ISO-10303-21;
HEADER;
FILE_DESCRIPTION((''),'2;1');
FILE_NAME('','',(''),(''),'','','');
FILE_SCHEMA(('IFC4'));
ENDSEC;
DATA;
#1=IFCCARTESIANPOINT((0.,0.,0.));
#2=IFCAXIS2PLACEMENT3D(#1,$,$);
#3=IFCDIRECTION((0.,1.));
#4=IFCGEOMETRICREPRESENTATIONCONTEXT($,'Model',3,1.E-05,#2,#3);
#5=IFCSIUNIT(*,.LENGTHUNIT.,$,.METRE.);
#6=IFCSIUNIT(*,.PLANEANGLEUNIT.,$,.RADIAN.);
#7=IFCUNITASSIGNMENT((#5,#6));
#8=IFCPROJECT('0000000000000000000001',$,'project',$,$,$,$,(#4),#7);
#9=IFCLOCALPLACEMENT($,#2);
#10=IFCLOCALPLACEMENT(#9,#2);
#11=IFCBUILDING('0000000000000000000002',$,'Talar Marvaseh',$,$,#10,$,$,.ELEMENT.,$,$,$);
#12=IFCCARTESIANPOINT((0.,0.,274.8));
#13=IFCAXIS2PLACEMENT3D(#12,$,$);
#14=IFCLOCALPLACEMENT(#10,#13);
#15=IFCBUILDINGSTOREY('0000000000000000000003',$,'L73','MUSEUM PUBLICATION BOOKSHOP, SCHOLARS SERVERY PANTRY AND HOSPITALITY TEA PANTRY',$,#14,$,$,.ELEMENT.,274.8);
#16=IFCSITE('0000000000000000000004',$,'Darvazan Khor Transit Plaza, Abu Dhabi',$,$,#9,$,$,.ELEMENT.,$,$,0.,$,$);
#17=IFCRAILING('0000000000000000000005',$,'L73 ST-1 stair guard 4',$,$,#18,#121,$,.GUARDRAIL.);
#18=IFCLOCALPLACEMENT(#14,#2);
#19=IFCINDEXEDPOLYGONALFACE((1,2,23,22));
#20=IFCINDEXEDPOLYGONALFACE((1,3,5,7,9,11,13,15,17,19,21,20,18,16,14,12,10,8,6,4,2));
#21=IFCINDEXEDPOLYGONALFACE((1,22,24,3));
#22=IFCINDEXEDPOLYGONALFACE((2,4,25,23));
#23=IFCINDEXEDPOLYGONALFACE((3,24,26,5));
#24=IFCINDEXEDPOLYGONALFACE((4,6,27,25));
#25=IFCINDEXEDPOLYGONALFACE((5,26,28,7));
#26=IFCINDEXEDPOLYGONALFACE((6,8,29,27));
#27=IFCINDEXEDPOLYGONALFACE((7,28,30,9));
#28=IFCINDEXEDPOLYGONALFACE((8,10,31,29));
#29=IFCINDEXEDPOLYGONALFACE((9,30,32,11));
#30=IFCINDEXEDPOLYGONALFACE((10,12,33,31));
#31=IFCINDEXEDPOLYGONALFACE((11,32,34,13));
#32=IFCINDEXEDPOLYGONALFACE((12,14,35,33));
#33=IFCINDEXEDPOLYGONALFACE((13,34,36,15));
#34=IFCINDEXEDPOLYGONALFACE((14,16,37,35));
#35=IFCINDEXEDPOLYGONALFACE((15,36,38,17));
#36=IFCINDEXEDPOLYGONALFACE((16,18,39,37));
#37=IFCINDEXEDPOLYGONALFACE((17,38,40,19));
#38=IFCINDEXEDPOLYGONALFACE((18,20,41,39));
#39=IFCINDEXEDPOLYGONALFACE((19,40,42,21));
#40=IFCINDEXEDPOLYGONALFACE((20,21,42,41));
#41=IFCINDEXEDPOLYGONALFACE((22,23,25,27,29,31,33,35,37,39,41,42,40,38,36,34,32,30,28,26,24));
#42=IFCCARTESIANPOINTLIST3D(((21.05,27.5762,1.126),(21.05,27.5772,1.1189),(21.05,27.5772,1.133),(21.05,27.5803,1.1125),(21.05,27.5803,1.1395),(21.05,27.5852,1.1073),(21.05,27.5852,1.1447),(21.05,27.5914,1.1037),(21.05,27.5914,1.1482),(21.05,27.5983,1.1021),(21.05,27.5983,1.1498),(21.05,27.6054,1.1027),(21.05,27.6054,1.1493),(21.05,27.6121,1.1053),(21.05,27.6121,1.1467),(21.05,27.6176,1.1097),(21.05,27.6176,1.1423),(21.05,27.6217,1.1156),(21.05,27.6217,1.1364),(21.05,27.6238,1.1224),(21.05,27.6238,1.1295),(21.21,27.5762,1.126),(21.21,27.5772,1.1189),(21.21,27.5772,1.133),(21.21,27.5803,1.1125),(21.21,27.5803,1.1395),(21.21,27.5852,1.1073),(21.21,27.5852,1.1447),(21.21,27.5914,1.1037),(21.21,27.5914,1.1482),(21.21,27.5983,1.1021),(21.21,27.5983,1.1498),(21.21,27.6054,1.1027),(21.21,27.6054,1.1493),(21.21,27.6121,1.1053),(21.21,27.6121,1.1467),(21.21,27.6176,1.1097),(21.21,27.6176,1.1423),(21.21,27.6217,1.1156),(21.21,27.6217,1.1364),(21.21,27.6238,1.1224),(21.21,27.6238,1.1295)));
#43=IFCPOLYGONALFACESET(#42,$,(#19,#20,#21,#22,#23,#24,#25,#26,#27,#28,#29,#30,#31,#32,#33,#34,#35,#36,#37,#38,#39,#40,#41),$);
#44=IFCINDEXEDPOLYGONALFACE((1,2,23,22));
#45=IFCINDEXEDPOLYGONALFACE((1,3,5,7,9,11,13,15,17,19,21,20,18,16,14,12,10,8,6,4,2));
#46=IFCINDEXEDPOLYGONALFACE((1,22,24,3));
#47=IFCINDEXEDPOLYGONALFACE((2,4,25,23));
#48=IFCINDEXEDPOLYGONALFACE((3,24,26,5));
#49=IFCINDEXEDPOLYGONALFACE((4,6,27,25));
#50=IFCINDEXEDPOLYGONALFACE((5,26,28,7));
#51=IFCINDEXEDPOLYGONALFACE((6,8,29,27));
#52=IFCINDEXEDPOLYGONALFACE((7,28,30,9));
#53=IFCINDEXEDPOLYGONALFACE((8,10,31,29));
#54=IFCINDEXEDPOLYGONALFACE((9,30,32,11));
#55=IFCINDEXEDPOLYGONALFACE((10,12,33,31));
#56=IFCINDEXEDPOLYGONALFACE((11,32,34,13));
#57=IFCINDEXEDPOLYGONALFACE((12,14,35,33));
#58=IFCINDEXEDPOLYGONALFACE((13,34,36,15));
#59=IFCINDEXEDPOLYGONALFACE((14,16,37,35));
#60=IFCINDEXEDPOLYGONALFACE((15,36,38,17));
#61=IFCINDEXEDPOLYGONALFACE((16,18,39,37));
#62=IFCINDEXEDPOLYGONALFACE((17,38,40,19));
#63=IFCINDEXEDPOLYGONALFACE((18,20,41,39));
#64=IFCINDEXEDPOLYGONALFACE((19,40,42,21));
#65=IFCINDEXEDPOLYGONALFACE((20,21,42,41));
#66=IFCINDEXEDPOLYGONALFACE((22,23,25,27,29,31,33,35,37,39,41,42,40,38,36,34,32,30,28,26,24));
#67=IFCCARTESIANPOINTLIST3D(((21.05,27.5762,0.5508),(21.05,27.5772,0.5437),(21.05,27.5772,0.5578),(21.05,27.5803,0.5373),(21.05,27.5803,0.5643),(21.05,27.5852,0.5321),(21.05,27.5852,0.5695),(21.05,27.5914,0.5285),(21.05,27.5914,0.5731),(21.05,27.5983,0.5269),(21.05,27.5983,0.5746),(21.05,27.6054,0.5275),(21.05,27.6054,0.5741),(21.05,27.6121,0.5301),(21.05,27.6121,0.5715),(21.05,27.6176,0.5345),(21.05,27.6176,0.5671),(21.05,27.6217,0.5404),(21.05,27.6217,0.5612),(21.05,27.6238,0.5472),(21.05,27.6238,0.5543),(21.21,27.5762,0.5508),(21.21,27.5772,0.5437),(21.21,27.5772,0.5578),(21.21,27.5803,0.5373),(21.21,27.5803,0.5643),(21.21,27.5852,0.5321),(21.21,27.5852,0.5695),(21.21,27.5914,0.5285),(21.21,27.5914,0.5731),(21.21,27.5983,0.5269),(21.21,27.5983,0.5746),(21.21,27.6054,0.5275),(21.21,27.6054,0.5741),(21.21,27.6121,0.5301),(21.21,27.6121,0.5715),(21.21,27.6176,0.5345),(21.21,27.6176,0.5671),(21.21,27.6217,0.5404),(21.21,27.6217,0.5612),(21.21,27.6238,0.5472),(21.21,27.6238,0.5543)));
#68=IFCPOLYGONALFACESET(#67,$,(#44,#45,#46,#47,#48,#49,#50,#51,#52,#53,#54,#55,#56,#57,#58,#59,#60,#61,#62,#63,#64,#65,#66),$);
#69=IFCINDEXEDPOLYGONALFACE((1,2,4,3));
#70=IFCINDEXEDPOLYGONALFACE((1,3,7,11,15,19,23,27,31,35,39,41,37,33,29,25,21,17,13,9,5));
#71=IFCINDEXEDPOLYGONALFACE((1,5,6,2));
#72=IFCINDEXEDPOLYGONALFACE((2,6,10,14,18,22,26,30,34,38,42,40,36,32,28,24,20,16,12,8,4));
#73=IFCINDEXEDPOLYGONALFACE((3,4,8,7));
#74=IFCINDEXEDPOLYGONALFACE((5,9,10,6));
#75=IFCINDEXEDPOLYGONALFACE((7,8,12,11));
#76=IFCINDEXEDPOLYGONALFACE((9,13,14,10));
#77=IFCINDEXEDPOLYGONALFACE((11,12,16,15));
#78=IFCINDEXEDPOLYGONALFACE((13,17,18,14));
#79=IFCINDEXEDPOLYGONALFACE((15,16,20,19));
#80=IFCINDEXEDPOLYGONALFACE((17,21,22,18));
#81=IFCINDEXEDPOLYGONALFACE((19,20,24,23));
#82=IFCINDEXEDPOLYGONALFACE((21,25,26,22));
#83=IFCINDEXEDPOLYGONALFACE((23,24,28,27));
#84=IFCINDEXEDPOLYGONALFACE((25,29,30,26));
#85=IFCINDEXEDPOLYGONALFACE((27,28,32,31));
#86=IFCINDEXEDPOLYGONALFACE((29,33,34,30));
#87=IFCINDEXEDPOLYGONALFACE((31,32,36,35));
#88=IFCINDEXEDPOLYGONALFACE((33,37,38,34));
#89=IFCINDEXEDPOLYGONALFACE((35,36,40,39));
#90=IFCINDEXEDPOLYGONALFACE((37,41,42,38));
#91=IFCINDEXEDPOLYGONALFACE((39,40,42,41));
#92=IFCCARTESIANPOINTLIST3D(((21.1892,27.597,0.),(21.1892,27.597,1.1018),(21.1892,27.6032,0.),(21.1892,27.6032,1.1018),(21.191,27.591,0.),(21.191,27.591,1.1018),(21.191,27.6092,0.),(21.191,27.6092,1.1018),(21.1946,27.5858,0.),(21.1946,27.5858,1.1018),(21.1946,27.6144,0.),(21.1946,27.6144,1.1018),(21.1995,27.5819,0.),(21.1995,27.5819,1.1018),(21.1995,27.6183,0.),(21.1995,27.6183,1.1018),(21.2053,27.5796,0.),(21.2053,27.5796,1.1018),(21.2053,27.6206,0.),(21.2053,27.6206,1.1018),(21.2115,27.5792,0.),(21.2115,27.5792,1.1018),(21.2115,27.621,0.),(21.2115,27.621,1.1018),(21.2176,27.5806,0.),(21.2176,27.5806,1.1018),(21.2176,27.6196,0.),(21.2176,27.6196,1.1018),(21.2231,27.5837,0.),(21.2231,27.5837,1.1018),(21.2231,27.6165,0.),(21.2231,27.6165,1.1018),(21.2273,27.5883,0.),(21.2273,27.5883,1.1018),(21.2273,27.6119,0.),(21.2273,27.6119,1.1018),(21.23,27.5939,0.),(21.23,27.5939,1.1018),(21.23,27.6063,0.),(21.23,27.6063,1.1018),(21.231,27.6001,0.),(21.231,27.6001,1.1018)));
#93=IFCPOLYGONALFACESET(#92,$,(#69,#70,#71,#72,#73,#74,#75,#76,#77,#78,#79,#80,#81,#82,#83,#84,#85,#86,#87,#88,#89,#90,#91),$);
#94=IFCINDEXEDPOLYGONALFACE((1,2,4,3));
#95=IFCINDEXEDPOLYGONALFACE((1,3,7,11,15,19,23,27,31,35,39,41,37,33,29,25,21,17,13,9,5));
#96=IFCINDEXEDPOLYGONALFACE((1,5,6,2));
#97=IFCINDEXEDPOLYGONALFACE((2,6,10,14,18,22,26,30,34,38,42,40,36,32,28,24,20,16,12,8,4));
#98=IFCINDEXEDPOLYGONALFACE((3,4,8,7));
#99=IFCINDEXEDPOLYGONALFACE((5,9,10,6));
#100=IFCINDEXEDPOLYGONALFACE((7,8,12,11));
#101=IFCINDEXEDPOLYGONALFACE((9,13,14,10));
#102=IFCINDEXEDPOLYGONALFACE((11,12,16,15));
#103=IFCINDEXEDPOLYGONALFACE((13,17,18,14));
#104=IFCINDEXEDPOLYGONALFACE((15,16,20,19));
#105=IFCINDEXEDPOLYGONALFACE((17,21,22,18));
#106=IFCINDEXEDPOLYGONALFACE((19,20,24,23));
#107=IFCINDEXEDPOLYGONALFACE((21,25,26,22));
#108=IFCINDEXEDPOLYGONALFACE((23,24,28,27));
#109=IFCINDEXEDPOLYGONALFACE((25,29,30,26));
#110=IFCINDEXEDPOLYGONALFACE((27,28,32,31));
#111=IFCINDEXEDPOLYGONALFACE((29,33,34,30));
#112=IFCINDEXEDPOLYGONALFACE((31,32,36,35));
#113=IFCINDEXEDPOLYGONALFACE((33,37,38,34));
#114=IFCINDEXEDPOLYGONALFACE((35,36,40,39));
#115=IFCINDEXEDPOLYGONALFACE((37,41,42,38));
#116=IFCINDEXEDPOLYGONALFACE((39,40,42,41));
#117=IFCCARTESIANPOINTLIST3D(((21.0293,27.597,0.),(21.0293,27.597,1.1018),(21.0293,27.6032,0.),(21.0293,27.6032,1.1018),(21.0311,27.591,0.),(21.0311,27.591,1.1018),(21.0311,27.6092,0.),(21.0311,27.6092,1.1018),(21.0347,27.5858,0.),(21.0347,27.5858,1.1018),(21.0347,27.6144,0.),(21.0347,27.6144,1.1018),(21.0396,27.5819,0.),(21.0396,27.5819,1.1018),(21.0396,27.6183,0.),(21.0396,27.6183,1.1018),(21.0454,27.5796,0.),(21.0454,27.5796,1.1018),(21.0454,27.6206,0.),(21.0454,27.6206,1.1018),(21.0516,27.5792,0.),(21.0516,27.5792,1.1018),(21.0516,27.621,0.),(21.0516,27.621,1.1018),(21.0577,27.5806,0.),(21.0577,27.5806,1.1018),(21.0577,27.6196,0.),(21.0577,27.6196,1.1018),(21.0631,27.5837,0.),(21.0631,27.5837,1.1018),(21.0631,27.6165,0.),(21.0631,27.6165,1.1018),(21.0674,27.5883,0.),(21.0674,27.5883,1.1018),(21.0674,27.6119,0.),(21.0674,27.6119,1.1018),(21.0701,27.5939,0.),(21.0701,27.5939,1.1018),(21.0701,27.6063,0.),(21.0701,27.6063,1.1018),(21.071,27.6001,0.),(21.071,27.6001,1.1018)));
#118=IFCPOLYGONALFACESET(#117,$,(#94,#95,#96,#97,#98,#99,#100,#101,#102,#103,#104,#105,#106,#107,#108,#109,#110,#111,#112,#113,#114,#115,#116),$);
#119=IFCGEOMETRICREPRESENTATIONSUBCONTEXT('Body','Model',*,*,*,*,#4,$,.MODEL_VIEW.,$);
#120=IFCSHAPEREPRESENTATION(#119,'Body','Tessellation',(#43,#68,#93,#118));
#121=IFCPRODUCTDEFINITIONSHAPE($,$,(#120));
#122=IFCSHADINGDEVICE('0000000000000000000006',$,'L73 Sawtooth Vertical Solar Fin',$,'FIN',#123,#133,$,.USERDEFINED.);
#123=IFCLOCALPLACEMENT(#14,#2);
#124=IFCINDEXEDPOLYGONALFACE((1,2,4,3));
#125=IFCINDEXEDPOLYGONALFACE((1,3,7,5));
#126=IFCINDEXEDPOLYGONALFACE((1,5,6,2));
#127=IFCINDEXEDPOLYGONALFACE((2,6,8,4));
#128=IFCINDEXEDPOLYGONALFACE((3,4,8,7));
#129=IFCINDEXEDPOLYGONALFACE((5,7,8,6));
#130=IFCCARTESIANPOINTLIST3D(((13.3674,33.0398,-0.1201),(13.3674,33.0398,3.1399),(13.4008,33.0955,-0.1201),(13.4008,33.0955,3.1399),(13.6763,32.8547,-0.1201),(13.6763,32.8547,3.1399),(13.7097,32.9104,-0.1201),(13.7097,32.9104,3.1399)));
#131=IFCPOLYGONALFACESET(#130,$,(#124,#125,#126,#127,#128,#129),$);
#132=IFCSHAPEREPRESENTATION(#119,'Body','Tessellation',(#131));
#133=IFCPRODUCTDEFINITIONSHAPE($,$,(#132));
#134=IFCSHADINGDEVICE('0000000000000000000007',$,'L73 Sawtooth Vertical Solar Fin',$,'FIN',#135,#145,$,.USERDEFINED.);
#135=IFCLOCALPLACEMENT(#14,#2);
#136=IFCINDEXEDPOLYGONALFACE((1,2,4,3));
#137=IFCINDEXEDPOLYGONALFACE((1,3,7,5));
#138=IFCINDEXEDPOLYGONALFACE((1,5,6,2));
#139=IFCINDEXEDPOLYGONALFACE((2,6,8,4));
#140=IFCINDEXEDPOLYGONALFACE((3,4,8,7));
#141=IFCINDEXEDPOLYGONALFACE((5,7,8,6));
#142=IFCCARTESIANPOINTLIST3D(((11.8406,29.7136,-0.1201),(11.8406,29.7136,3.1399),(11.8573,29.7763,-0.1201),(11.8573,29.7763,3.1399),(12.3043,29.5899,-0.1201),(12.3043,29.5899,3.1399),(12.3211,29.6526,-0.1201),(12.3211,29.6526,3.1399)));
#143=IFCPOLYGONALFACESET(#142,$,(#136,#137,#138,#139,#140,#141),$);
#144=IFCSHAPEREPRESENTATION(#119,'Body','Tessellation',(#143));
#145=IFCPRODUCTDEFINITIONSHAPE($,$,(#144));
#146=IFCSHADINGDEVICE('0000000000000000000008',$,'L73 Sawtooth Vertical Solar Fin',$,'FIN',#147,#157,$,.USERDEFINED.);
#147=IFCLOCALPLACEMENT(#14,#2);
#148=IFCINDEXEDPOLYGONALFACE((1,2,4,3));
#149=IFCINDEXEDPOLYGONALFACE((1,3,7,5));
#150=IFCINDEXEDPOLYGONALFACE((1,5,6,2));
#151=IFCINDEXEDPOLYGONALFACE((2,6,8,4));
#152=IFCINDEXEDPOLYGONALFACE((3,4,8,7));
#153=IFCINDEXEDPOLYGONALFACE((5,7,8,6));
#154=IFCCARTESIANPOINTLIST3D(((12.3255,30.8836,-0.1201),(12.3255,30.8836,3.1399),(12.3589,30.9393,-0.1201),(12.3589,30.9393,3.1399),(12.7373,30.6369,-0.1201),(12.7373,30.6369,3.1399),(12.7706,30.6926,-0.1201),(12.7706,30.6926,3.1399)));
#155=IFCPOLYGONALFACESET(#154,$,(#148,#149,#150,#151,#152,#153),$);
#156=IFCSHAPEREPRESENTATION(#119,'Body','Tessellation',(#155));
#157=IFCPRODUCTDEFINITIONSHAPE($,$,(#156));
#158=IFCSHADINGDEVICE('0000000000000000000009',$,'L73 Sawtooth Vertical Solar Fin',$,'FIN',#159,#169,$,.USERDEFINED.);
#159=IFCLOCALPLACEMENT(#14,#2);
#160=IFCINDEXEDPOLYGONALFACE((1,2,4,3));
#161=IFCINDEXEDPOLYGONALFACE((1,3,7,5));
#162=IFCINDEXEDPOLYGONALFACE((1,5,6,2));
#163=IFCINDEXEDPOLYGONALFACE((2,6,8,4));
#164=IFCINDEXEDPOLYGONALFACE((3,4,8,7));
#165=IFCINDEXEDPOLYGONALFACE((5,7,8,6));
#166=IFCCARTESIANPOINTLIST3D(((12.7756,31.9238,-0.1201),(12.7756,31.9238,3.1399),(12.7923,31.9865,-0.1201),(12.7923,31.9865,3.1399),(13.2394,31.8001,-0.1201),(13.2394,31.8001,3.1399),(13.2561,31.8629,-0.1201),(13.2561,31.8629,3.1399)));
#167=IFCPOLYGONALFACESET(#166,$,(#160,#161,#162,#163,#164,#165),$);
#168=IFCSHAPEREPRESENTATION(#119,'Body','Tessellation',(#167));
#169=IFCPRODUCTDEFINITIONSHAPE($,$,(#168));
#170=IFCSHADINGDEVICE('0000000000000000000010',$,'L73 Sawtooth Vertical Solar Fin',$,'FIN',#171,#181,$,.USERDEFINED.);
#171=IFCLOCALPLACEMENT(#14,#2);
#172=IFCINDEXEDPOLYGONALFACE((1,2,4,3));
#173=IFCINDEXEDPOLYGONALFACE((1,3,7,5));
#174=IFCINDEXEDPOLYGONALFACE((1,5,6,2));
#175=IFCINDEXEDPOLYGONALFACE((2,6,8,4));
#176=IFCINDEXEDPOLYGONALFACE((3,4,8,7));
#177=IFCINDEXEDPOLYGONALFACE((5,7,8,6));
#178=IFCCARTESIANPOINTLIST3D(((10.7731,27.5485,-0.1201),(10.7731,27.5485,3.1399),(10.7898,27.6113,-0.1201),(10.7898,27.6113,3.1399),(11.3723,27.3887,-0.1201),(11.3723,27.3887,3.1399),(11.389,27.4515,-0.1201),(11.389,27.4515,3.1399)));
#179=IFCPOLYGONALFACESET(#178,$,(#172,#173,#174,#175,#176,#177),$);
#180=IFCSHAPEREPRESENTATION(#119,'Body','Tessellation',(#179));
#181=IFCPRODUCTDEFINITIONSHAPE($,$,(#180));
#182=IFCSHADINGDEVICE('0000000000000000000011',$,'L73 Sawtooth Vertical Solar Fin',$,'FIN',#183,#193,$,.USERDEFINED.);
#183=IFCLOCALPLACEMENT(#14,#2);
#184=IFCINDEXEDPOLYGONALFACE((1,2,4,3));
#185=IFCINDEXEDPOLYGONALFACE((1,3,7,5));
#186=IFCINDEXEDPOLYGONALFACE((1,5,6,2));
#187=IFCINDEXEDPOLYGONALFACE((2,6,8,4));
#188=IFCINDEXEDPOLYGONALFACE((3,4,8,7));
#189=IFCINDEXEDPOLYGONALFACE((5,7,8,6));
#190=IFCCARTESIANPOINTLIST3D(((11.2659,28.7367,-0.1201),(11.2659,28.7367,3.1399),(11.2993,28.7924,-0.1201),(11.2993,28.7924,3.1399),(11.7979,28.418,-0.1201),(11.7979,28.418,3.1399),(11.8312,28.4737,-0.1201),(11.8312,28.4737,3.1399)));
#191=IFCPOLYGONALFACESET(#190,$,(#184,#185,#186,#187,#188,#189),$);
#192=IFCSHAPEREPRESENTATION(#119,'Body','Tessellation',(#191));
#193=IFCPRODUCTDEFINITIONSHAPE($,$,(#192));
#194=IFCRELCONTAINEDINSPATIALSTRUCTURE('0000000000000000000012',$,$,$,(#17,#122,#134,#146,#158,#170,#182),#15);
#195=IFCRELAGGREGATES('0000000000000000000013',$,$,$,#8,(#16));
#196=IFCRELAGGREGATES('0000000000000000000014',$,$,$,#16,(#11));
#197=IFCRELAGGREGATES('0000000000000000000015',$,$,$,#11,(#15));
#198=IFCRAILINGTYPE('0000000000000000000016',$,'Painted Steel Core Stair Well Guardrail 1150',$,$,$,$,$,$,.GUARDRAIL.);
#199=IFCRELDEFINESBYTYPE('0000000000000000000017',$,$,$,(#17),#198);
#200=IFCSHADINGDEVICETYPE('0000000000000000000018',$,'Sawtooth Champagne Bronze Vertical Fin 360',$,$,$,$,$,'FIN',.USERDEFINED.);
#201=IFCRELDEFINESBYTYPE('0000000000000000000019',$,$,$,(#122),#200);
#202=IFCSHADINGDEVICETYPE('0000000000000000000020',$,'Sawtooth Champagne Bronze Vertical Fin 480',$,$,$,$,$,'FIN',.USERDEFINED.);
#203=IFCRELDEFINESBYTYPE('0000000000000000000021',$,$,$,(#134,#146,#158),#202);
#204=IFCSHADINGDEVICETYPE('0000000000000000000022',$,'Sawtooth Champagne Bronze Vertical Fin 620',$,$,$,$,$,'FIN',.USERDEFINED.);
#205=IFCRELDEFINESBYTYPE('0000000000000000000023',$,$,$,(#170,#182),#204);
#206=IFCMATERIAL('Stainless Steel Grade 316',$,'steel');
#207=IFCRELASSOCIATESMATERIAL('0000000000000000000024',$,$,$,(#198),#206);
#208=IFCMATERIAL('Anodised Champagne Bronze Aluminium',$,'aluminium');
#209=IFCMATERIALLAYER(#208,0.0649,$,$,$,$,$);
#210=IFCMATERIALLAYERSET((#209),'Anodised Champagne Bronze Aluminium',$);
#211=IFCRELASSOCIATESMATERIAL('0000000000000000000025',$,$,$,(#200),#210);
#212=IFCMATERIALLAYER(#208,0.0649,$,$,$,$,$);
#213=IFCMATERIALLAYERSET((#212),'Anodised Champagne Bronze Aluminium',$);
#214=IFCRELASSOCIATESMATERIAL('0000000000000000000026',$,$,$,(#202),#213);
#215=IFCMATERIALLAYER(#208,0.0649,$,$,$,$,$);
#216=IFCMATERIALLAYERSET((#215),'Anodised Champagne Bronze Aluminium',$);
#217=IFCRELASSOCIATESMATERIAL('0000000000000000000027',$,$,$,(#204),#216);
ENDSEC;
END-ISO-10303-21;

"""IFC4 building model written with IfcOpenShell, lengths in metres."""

from ifc_helpers import new_model, si_unit, direction, frame, origin, origin_2d, place, context, subcontext, project, spatial, rectangle, circle, extrude, source, transform, mapped, material, layer, layer_set, type_object, type_shapes, element, save


model = new_model("IFC4")

# Units and contexts
model_context = context("Model", 3, precision=1e-05, world=origin(), true_north=direction((0.0, 1.0)))
body_context = subcontext(model_context, "Body", "Model", "MODEL_VIEW")
ifc_project = project(units=[si_unit("LENGTHUNIT", "METRE"), si_unit("PLANEANGLEUNIT", "RADIAN")], contexts=[model_context])

# Site, building, storey
site_placement = place(None, origin())
site = spatial("IfcSite", under=ifc_project, at=site_placement, Name="Darvazan Khor Transit Plaza, Abu Dhabi", CompositionType="ELEMENT", RefElevation=0.0)
building_placement = place(site_placement, origin())
building = spatial("IfcBuilding", under=site, at=building_placement, Name="Talar Marvaseh", CompositionType="ELEMENT")
storey_placement = place(building_placement, frame((0.0, 0.0, 274.8)))
storey = spatial("IfcBuildingStorey", under=building, at=storey_placement, Name="L73", Description="MUSEUM PUBLICATION BOOKSHOP, SCHOLARS SERVERY PANTRY AND HOSPITALITY TEA PANTRY", CompositionType="ELEMENT", Elevation=274.8)

# Railing
ifc_material_1 = material(Name="Stainless Steel Grade 316", Category="steel")
railing_type_1 = type_object("IfcRailingType", Name="Painted Steel Core Stair Well Guardrail 1150", PredefinedType="GUARDRAIL", material=ifc_material_1)
railing_1_placement = place(storey_placement, frame((21.21, 27.6001, 0.0)))
element("IfcRailing", 1, at=railing_1_placement, inside=storey, type_object=railing_type_1, Name="L73 ST-1 stair guard 4", PredefinedType="GUARDRAIL", context=body_context, shape_type="SweptSolid", body=[
    extrude(circle(Radius=0.0239, at=origin_2d()), frame((0.0, 0.0, 1.126), z_axis=(-1.0, 0.0, 0.0), x_axis=(0.0, -1.0, 0.0)), (0.0, 0.0, 1.0), 0.1599),
    extrude(circle(Radius=0.0239, at=origin_2d()), frame((0.0, 0.0, 0.5508), z_axis=(-1.0, 0.0, 0.0), x_axis=(0.0, -1.0, 0.0)), (0.0, 0.0, 1.0), 0.1599),
    extrude(circle(Radius=0.021, at=origin_2d()), origin(), (0.0, 0.0, 1.0), 1.1018),
    extrude(circle(Radius=0.021, at=origin_2d()), frame((-0.1599, 0.0, 0.0)), (0.0, 0.0, 1.0), 1.1018),
])

# Shading devices
ifc_material_2 = material(Name="Anodised Champagne Bronze Aluminium", Category="aluminium")
ifc_layer_1 = layer(ifc_material_2, 0.0649)
ifc_layer_set_1 = layer_set([ifc_layer_1], Name="Anodised Champagne Bronze Aluminium")
shading_device_type_1 = type_object("IfcShadingDeviceType", Name="Sawtooth Champagne Bronze Vertical Fin 360", ElementType="FIN", PredefinedType="USERDEFINED", material=ifc_layer_set_1)
shared_shape_1 = source(origin(), body_context, "Body", "SweptSolid", [
    extrude(rectangle(XDim=0.3601, YDim=0.0649, at=origin_2d()), origin(), (0.0, 0.0, 1.0), 3.26),
])
type_shapes(shading_device_type_1, [shared_shape_1])
shading_device_placement = place(storey_placement, frame((13.5386, 32.9751, -0.1201), z_axis=(0.0, 0.0, 1.0), x_axis=(-0.857796, 0.51399, 0.0)))
element("IfcShadingDevice", 2, at=shading_device_placement, inside=storey, type_object=shading_device_type_1, Name="L73 Sawtooth Vertical Solar Fin", ObjectType="FIN", PredefinedType="USERDEFINED", context=body_context, shape_type="MappedRepresentation", body=[
    mapped(shared_shape_1, transform((0.0, 0.0, 0.0), x_axis=(1.0, 0.0, 0.0), y_axis=(0.0, 1.0, 0.0), z_axis=(0.0, 0.0, 1.0), scale=1.0)),
])
ifc_layer_2 = layer(ifc_material_2, 0.0649)
ifc_layer_set_2 = layer_set([ifc_layer_2], Name="Anodised Champagne Bronze Aluminium")
shading_device_type_2 = type_object("IfcShadingDeviceType", Name="Sawtooth Champagne Bronze Vertical Fin 480", ElementType="FIN", PredefinedType="USERDEFINED", material=ifc_layer_set_2)
shared_shape_2 = source(origin(), body_context, "Body", "SweptSolid", [
    extrude(rectangle(XDim=0.48, YDim=0.0649, at=origin_2d()), origin(), (0.0, 0.0, 1.0), 3.26),
])
type_shapes(shading_device_type_2, [shared_shape_2])
for number, where, z_axis, x_axis, name in (
    (3, (12.0808, 29.6831, -0.1201), (0.0, 0.0, 1.0), (-0.966241, 0.257639, 0.0), "L73 Sawtooth Vertical Solar Fin"),
    (4, (12.5481, 30.7881, -0.1201), (0.0, 0.0, 1.0), (-0.857796, 0.51399, 0.0), "L73 Sawtooth Vertical Solar Fin"),
    (5, (13.0159, 31.8933, -0.1201), (0.0, 0.0, 1.0), (-0.966241, 0.257639, 0.0), "L73 Sawtooth Vertical Solar Fin"),
):
    element("IfcShadingDevice", number, at=place(storey_placement, frame(where, z_axis=z_axis, x_axis=x_axis)), inside=storey, type_object=shading_device_type_2, Name=name, ObjectType="FIN", PredefinedType="USERDEFINED", context=body_context, shape_type="MappedRepresentation", body=[
        mapped(shared_shape_2, transform((0.0, 0.0, 0.0), x_axis=(1.0, 0.0, 0.0), y_axis=(0.0, 1.0, 0.0), z_axis=(0.0, 0.0, 1.0), scale=1.0)),
    ])
ifc_layer_3 = layer(ifc_material_2, 0.0649)
ifc_layer_set_3 = layer_set([ifc_layer_3], Name="Anodised Champagne Bronze Aluminium")
shading_device_type_3 = type_object("IfcShadingDeviceType", Name="Sawtooth Champagne Bronze Vertical Fin 620", ElementType="FIN", PredefinedType="USERDEFINED", material=ifc_layer_set_3)
shared_shape_3 = source(origin(), body_context, "Body", "SweptSolid", [
    extrude(rectangle(XDim=0.6201, YDim=0.0649, at=origin_2d()), origin(), (0.0, 0.0, 1.0), 3.26),
])
type_shapes(shading_device_type_3, [shared_shape_3])
for number, where, z_axis, x_axis, name in (
    (6, (11.0811, 27.5, -0.1201), (0.0, 0.0, 1.0), (-0.966241, 0.257639, 0.0), "L73 Sawtooth Vertical Solar Fin"),
    (7, (11.5486, 28.6052, -0.1201), (0.0, 0.0, 1.0), (-0.857796, 0.51399, 0.0), "L73 Sawtooth Vertical Solar Fin"),
):
    element("IfcShadingDevice", number, at=place(storey_placement, frame(where, z_axis=z_axis, x_axis=x_axis)), inside=storey, type_object=shading_device_type_3, Name=name, ObjectType="FIN", PredefinedType="USERDEFINED", context=body_context, shape_type="MappedRepresentation", body=[
        mapped(shared_shape_3, transform((0.0, 0.0, 0.0), x_axis=(1.0, 0.0, 0.0), y_axis=(0.0, 1.0, 0.0), z_axis=(0.0, 0.0, 1.0), scale=1.0)),
    ])

save(model, "model.ifc")
